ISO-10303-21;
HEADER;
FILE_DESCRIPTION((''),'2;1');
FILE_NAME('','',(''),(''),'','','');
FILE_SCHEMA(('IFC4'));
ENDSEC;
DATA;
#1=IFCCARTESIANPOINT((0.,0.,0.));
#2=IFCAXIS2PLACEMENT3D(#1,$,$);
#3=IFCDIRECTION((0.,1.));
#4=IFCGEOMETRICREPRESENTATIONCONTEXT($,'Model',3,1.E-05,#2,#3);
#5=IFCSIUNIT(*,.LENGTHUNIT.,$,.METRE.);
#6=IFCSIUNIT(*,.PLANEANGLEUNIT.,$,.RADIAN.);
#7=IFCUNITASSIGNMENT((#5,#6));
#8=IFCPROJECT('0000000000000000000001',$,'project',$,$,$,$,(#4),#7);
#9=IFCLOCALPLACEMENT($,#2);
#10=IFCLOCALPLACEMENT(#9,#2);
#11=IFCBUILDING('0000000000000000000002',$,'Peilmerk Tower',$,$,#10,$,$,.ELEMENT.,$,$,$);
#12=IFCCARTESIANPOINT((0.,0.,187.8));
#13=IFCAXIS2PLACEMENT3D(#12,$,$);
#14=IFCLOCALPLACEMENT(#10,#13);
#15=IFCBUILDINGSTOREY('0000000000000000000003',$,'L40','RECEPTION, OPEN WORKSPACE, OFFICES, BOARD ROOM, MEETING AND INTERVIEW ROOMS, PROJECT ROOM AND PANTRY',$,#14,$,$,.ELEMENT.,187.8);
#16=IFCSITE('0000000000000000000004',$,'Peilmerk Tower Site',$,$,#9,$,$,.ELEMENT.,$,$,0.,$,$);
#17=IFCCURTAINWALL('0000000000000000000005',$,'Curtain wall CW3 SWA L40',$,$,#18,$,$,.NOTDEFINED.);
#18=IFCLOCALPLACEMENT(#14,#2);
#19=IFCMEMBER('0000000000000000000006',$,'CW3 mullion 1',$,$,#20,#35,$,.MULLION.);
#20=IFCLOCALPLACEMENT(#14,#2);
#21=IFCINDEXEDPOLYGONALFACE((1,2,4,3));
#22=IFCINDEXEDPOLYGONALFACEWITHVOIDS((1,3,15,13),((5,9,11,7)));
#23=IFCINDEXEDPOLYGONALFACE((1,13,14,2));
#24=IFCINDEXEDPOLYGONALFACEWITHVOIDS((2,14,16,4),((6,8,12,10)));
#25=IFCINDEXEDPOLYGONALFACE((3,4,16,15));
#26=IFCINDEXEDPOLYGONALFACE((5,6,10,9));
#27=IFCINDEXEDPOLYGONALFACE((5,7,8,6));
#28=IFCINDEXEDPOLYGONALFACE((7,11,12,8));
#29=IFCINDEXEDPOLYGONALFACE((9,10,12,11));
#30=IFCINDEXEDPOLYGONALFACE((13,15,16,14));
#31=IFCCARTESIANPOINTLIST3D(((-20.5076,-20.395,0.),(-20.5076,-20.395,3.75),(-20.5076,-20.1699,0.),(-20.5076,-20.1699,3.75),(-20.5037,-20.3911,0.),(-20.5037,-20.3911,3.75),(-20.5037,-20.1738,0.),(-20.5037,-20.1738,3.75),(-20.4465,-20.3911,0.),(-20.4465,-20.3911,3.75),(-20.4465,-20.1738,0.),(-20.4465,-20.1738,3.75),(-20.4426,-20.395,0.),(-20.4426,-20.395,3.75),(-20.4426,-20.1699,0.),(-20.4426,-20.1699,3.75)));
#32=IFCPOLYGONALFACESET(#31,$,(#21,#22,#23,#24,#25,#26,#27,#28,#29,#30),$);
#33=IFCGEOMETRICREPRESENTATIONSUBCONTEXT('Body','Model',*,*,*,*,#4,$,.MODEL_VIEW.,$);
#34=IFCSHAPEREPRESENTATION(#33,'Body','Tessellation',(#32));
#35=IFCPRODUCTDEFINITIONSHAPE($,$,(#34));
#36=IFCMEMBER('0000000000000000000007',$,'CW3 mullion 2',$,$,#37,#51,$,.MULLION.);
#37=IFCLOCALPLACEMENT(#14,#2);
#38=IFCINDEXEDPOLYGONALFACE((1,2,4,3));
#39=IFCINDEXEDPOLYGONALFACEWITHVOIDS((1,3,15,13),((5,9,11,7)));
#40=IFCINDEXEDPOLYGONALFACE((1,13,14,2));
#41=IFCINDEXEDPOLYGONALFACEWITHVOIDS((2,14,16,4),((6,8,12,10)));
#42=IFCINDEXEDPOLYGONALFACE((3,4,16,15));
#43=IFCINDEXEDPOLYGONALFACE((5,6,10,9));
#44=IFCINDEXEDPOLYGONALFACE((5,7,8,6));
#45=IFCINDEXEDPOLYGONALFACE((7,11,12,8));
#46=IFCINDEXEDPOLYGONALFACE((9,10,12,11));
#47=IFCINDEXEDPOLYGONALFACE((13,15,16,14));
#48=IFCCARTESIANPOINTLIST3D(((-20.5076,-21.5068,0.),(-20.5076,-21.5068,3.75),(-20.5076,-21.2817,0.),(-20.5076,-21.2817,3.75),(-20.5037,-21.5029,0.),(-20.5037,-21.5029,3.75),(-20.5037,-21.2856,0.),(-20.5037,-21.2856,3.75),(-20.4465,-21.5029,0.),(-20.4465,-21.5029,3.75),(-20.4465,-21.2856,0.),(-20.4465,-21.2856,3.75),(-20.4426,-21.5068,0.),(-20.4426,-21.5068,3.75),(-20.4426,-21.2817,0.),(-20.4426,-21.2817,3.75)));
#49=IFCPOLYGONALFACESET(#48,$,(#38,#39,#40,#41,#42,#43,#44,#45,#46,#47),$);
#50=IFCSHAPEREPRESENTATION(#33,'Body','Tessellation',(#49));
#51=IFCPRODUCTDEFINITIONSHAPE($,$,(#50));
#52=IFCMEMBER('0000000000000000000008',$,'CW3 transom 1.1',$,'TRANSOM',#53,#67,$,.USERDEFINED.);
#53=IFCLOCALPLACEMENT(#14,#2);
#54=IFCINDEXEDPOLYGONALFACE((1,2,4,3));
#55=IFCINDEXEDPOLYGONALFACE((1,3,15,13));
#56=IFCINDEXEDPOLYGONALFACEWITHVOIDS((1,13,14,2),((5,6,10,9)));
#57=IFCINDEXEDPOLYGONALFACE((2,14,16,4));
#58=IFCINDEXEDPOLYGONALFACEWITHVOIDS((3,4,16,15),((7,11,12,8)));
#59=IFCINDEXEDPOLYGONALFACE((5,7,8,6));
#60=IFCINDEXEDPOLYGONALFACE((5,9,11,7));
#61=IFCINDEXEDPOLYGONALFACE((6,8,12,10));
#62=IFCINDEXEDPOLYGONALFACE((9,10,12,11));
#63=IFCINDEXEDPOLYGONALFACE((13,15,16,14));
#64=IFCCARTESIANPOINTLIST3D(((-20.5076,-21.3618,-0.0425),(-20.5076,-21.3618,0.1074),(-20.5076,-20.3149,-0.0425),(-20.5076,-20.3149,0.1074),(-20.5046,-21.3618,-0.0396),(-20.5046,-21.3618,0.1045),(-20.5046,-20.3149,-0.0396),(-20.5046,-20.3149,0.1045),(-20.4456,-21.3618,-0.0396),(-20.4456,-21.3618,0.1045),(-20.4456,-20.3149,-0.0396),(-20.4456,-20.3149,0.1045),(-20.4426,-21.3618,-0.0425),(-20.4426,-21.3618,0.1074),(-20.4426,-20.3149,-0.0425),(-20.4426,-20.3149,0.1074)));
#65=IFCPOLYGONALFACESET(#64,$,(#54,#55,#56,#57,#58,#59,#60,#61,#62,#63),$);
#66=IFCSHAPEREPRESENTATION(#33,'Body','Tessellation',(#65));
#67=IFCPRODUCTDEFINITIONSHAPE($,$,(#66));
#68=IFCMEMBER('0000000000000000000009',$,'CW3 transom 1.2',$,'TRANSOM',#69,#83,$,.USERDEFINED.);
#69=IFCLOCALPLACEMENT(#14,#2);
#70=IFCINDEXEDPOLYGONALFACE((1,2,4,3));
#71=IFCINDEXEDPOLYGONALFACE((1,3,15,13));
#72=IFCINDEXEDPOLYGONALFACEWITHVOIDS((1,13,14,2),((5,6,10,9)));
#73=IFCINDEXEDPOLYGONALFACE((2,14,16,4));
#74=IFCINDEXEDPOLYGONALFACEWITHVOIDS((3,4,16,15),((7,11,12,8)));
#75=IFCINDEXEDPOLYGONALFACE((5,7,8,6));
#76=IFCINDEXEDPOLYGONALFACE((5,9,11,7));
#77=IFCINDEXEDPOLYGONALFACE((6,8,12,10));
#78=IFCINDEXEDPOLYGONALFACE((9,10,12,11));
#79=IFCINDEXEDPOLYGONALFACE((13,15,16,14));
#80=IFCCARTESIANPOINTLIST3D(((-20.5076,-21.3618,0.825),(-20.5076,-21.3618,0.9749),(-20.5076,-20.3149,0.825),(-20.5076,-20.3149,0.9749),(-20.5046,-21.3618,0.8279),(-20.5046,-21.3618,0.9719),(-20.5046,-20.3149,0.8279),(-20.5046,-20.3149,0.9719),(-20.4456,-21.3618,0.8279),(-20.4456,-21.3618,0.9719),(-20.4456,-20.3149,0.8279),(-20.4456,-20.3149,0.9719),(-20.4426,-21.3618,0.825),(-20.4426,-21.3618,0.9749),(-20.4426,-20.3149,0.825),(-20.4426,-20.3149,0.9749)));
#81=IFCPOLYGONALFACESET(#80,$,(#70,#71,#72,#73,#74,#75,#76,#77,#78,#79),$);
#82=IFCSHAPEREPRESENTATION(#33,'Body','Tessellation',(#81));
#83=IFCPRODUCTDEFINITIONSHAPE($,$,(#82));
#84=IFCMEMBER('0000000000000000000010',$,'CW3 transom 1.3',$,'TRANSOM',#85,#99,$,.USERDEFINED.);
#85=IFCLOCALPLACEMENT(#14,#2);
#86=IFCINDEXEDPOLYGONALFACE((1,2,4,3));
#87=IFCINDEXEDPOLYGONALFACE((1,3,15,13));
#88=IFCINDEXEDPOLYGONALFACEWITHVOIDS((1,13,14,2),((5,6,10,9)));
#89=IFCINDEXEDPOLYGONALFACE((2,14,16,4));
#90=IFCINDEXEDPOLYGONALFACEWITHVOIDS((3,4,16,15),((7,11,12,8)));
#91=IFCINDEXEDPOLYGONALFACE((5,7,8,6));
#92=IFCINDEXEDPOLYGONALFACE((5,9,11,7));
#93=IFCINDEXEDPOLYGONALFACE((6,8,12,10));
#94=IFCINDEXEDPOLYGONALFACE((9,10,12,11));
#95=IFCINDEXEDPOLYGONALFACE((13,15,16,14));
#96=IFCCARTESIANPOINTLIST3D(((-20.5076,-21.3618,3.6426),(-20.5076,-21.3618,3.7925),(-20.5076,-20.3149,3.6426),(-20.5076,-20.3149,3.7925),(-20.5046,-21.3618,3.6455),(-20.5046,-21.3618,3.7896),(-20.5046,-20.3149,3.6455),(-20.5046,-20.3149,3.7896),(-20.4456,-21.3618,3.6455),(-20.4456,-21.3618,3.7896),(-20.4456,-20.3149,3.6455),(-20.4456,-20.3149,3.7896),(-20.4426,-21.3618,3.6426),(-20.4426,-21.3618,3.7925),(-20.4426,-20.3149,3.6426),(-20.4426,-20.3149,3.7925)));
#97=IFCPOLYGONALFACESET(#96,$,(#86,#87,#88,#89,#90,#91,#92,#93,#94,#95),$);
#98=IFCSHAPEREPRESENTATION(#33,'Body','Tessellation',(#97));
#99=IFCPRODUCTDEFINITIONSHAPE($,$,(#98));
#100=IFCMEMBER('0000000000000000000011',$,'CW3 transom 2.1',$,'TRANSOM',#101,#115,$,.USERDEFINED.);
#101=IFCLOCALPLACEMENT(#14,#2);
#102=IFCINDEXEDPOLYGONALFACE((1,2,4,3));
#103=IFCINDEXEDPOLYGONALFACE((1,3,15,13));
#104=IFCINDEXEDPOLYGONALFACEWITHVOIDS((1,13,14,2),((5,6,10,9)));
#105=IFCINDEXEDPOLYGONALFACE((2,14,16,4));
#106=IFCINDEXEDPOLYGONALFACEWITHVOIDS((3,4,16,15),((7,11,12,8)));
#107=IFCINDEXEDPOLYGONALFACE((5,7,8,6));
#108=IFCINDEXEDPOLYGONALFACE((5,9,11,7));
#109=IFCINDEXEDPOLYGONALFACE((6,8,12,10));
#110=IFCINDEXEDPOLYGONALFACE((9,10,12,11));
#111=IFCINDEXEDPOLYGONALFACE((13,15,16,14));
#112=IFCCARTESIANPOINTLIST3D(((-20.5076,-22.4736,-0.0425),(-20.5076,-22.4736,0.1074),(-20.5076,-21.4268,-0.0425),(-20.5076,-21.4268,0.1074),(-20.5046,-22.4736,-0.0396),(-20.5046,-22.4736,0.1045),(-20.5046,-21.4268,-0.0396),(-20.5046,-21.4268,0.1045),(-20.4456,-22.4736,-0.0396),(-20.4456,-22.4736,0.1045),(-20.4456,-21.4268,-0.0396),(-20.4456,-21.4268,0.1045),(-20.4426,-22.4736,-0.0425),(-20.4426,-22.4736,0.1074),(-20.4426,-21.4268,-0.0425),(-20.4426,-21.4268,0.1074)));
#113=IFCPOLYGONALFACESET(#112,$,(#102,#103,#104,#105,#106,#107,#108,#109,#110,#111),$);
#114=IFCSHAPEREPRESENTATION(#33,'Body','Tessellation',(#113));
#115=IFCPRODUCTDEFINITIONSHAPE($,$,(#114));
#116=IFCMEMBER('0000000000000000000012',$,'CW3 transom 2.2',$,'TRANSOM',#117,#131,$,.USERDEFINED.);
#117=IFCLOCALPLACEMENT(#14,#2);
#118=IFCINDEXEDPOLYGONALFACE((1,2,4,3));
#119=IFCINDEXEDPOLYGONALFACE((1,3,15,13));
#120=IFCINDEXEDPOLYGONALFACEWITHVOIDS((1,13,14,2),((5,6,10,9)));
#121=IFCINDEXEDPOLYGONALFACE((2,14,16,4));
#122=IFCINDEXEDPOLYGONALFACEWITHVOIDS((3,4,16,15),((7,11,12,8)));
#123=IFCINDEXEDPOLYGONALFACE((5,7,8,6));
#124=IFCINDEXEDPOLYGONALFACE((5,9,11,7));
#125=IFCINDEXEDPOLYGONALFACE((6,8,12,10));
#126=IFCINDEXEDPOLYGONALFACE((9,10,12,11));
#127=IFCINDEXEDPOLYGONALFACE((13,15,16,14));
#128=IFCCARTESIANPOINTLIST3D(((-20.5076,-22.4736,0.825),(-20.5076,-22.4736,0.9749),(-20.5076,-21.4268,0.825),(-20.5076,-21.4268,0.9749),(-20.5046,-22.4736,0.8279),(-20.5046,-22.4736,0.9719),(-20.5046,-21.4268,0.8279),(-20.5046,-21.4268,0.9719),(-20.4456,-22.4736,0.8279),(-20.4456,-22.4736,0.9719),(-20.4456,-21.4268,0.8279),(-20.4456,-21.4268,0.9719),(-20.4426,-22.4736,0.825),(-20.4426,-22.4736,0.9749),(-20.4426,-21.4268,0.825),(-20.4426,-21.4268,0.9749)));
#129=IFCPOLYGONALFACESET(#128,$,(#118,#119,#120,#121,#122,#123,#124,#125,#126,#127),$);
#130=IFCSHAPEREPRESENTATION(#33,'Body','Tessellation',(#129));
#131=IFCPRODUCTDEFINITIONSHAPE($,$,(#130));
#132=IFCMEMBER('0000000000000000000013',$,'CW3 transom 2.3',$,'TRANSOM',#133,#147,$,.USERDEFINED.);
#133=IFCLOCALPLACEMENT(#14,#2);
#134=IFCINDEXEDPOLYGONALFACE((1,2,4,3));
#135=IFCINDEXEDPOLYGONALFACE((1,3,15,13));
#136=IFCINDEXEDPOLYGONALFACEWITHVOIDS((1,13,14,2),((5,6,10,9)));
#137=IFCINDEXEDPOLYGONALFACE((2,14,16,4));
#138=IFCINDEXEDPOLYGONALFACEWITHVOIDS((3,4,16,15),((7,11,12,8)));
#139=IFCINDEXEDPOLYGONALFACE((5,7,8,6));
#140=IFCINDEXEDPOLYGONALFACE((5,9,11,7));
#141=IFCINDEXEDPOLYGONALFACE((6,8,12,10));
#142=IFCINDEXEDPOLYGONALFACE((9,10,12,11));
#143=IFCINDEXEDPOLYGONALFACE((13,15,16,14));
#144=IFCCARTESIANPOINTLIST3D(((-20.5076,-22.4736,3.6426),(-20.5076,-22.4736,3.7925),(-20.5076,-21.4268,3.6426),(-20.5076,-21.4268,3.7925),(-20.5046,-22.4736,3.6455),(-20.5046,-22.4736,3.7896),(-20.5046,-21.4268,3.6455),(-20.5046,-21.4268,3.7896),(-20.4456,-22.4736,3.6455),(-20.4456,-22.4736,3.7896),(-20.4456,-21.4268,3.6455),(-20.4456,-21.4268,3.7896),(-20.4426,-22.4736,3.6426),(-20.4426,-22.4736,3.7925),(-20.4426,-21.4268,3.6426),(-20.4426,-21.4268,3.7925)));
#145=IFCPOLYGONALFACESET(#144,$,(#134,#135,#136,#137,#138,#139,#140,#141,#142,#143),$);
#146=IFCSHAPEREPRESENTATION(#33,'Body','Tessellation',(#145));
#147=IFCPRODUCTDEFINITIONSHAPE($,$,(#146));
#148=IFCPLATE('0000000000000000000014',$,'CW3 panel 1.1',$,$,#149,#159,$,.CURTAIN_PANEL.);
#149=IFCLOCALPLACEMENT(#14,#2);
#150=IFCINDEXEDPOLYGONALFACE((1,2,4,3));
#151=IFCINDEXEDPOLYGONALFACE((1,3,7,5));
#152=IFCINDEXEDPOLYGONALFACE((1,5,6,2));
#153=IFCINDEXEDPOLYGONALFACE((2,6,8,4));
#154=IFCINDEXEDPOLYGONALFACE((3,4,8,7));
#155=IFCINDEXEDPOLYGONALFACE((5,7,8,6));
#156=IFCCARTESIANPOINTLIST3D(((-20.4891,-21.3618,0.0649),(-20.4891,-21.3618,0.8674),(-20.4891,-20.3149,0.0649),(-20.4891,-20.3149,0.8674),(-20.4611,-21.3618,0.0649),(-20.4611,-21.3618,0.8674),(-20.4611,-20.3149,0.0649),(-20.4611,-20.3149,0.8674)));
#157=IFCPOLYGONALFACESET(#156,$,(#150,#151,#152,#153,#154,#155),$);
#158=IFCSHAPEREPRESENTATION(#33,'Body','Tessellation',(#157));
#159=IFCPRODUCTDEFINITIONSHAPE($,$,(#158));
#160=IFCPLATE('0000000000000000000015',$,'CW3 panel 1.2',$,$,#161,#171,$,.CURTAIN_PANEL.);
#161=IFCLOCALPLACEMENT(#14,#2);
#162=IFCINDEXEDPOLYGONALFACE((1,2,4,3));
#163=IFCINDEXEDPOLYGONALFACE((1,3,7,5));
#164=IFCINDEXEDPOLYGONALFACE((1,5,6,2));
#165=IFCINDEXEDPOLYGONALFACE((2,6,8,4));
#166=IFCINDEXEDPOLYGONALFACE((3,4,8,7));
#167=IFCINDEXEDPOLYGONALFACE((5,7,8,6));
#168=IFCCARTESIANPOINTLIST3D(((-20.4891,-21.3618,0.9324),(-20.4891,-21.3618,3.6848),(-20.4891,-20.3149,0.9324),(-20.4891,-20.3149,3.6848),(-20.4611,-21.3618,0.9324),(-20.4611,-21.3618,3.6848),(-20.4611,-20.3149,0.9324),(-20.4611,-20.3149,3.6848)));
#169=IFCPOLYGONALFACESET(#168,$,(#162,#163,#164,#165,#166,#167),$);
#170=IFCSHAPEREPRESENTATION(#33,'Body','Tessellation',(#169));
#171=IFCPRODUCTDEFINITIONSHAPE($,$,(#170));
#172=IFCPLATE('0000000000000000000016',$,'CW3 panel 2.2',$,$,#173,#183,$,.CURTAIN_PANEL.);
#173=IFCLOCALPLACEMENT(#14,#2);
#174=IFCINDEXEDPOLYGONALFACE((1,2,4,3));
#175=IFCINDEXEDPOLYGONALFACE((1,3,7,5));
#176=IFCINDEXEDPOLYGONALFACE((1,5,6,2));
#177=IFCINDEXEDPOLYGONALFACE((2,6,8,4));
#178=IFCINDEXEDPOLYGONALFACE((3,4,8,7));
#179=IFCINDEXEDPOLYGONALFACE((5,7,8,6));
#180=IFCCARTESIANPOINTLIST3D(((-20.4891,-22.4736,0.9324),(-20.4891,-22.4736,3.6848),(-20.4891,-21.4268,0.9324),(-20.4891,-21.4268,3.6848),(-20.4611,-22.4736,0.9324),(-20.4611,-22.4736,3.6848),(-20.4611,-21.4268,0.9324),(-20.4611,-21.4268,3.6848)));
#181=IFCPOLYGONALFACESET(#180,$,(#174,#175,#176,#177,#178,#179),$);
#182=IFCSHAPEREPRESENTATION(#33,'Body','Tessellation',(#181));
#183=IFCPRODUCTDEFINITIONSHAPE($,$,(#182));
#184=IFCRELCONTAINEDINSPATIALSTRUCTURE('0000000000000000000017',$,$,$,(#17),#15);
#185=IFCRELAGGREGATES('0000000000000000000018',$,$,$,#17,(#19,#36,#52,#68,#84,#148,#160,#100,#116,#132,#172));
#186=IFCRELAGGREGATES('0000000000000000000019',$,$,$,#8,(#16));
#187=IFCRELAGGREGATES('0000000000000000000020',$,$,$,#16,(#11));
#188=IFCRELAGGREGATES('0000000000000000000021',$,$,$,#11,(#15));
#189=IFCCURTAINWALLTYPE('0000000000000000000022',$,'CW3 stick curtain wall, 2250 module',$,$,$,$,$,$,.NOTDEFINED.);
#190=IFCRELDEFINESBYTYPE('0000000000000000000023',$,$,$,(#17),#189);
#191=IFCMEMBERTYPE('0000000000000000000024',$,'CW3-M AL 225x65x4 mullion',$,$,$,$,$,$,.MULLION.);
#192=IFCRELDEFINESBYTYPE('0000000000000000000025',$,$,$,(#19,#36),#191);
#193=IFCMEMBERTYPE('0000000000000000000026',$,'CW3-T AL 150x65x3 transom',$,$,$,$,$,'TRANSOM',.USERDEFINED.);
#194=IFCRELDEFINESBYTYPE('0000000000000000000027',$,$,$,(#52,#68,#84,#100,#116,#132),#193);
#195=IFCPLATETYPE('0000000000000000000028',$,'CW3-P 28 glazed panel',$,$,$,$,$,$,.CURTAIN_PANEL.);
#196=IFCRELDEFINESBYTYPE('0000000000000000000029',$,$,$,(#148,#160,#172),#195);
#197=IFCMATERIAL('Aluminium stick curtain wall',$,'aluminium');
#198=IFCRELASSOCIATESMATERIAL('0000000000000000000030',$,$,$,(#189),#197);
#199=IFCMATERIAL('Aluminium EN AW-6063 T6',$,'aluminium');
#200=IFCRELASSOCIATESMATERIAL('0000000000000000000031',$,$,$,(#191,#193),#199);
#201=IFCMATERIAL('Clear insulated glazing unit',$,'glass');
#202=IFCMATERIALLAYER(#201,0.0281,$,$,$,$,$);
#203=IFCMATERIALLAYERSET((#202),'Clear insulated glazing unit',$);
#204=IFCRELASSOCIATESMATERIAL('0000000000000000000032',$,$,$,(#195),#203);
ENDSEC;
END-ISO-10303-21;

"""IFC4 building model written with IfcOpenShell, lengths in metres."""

from ifc_helpers import new_model, si_unit, direction, frame, origin, origin_2d, place, context, subcontext, project, spatial, rectangle, hollow_rectangle, extrude, material, layer, layer_set, material_profile, profile_set, type_object, element, aggregate, save


model = new_model("IFC4")

# Units and contexts
model_context = context("Model", 3, precision=1e-05, world=origin(), true_north=direction((0.0, 1.0)))
body_context = subcontext(model_context, "Body", "Model", "MODEL_VIEW")
ifc_project = project(units=[si_unit("LENGTHUNIT", "METRE"), si_unit("PLANEANGLEUNIT", "RADIAN")], contexts=[model_context])

# Site, building, storey
site_placement = place(None, origin())
site = spatial("IfcSite", under=ifc_project, at=site_placement, Name="Peilmerk Tower Site", CompositionType="ELEMENT", RefElevation=0.0)
building_placement = place(site_placement, origin())
building = spatial("IfcBuilding", under=site, at=building_placement, Name="Peilmerk Tower", CompositionType="ELEMENT")
storey_placement = place(building_placement, frame((0.0, 0.0, 187.8)))
storey = spatial("IfcBuildingStorey", under=building, at=storey_placement, Name="L40", Description="RECEPTION, OPEN WORKSPACE, OFFICES, BOARD ROOM, MEETING AND INTERVIEW ROOMS, PROJECT ROOM AND PANTRY", CompositionType="ELEMENT", Elevation=187.8)

# Curtain wall, members, plates
ifc_material_1 = material(Name="Aluminium stick curtain wall", Category="aluminium")
curtain_wall_type = type_object("IfcCurtainWallType", Name="CW3 stick curtain wall, 2250 module", PredefinedType="NOTDEFINED", material=ifc_material_1)
curtain_wall_placement = place(storey_placement, origin())
curtain_wall = element("IfcCurtainWall", 1, at=curtain_wall_placement, inside=storey, type_object=curtain_wall_type, Name="Curtain wall CW3 SWA L40", PredefinedType="NOTDEFINED")
ifc_material_2 = material(Name="Aluminium EN AW-6063 T6", Category="aluminium")
ifc_material_profile_1 = material_profile(ifc_material_2, hollow_rectangle(XDim=0.0649, YDim=0.2251, WallThickness=0.0039, at=origin_2d()), Name="AL 225x65x4")
ifc_profile_set_1 = profile_set([ifc_material_profile_1], Name="Aluminium EN AW-6063 T6")
member_type_1 = type_object("IfcMemberType", Name="CW3-M AL 225x65x4 mullion", PredefinedType="MULLION", material=ifc_profile_set_1)
member_1_placement = place(storey_placement, frame((-20.4751, -20.2825, 0.0), z_axis=(0.0, 0.0, 1.0), x_axis=(1.0, 0.0, 0.0)))
member_1 = element("IfcMember", 2, at=member_1_placement, type_object=member_type_1, Name="CW3 mullion 1", PredefinedType="MULLION", context=body_context, shape_type="SweptSolid", body=[
    extrude(hollow_rectangle(XDim=0.0649, YDim=0.2251, WallThickness=0.0039, at=origin_2d()), origin(), (0.0, 0.0, 1.0), 3.75),
])
member_2_placement = place(storey_placement, frame((-20.4751, -21.3943, 0.0), z_axis=(0.0, 0.0, 1.0), x_axis=(1.0, 0.0, 0.0)))
member_2 = element("IfcMember", 3, at=member_2_placement, type_object=member_type_1, Name="CW3 mullion 2", PredefinedType="MULLION", context=body_context, shape_type="SweptSolid", body=[
    extrude(hollow_rectangle(XDim=0.0649, YDim=0.2251, WallThickness=0.0039, at=origin_2d()), origin(), (0.0, 0.0, 1.0), 3.75),
])
ifc_material_profile_2 = material_profile(ifc_material_2, hollow_rectangle(XDim=0.0649, YDim=0.1499, WallThickness=0.0029, at=origin_2d()), Name="AL 150x65x3")
ifc_profile_set_2 = profile_set([ifc_material_profile_2], Name="Aluminium EN AW-6063 T6")
member_type_2 = type_object("IfcMemberType", Name="CW3-T AL 150x65x3 transom", ElementType="TRANSOM", PredefinedType="USERDEFINED", material=ifc_profile_set_2)
member_3_placement = place(storey_placement, frame((-20.4751, -20.3149, 0.0325), z_axis=(0.0, -1.0, 0.0), x_axis=(1.0, 0.0, 0.0)))
member_3 = element("IfcMember", 4, at=member_3_placement, type_object=member_type_2, Name="CW3 transom 1.1", ObjectType="TRANSOM", PredefinedType="USERDEFINED", context=body_context, shape_type="SweptSolid", body=[
    extrude(hollow_rectangle(XDim=0.0649, YDim=0.1499, WallThickness=0.0029, at=origin_2d()), origin(), (0.0, 0.0, 1.0), 1.0469),
])
member_4_placement = place(storey_placement, frame((-20.4751, -20.3149, 0.8999), z_axis=(0.0, -1.0, 0.0), x_axis=(1.0, 0.0, 0.0)))
member_4 = element("IfcMember", 5, at=member_4_placement, type_object=member_type_2, Name="CW3 transom 1.2", ObjectType="TRANSOM", PredefinedType="USERDEFINED", context=body_context, shape_type="SweptSolid", body=[
    extrude(hollow_rectangle(XDim=0.0649, YDim=0.1499, WallThickness=0.0029, at=origin_2d()), origin(), (0.0, 0.0, 1.0), 1.0469),
])
member_5_placement = place(storey_placement, frame((-20.4751, -20.3149, 3.7175), z_axis=(0.0, -1.0, 0.0), x_axis=(1.0, 0.0, 0.0)))
member_5 = element("IfcMember", 6, at=member_5_placement, type_object=member_type_2, Name="CW3 transom 1.3", ObjectType="TRANSOM", PredefinedType="USERDEFINED", context=body_context, shape_type="SweptSolid", body=[
    extrude(hollow_rectangle(XDim=0.0649, YDim=0.1499, WallThickness=0.0029, at=origin_2d()), origin(), (0.0, 0.0, 1.0), 1.0469),
])
member_6_placement = place(storey_placement, frame((-20.4751, -21.4268, 0.0325), z_axis=(0.0, -1.0, 0.0), x_axis=(1.0, 0.0, 0.0)))
member_6 = element("IfcMember", 7, at=member_6_placement, type_object=member_type_2, Name="CW3 transom 2.1", ObjectType="TRANSOM", PredefinedType="USERDEFINED", context=body_context, shape_type="SweptSolid", body=[
    extrude(hollow_rectangle(XDim=0.0649, YDim=0.1499, WallThickness=0.0029, at=origin_2d()), origin(), (0.0, 0.0, 1.0), 1.0469),
])
member_7_placement = place(storey_placement, frame((-20.4751, -21.4268, 0.8999), z_axis=(0.0, -1.0, 0.0), x_axis=(1.0, 0.0, 0.0)))
member_7 = element("IfcMember", 8, at=member_7_placement, type_object=member_type_2, Name="CW3 transom 2.2", ObjectType="TRANSOM", PredefinedType="USERDEFINED", context=body_context, shape_type="SweptSolid", body=[
    extrude(hollow_rectangle(XDim=0.0649, YDim=0.1499, WallThickness=0.0029, at=origin_2d()), origin(), (0.0, 0.0, 1.0), 1.0469),
])
member_8_placement = place(storey_placement, frame((-20.4751, -21.4268, 3.7175), z_axis=(0.0, -1.0, 0.0), x_axis=(1.0, 0.0, 0.0)))
member_8 = element("IfcMember", 9, at=member_8_placement, type_object=member_type_2, Name="CW3 transom 2.3", ObjectType="TRANSOM", PredefinedType="USERDEFINED", context=body_context, shape_type="SweptSolid", body=[
    extrude(hollow_rectangle(XDim=0.0649, YDim=0.1499, WallThickness=0.0029, at=origin_2d()), origin(), (0.0, 0.0, 1.0), 1.0469),
])
ifc_material_3 = material(Name="Clear insulated glazing unit", Category="glass")
ifc_layer_1 = layer(ifc_material_3, 0.0281)
ifc_layer_set_1 = layer_set([ifc_layer_1], Name="Clear insulated glazing unit")
plate_type = type_object("IfcPlateType", Name="CW3-P 28 glazed panel", PredefinedType="CURTAIN_PANEL", material=ifc_layer_set_1)
plate_1_placement = place(storey_placement, frame((-20.4751, -20.8384, 0.0649), z_axis=(0.0, 0.0, 1.0), x_axis=(0.0, -1.0, 0.0)))
plate_1 = element("IfcPlate", 10, at=plate_1_placement, type_object=plate_type, Name="CW3 panel 1.1", PredefinedType="CURTAIN_PANEL", context=body_context, shape_type="SweptSolid", body=[
    extrude(rectangle(XDim=1.0469, YDim=0.0281, at=origin_2d()), origin(), (0.0, 0.0, 1.0), 0.8025),
])
plate_2_placement = place(storey_placement, frame((-20.4751, -20.8384, 0.9324), z_axis=(0.0, 0.0, 1.0), x_axis=(0.0, -1.0, 0.0)))
plate_2 = element("IfcPlate", 11, at=plate_2_placement, type_object=plate_type, Name="CW3 panel 1.2", PredefinedType="CURTAIN_PANEL", context=body_context, shape_type="SweptSolid", body=[
    extrude(rectangle(XDim=1.0469, YDim=0.0281, at=origin_2d()), origin(), (0.0, 0.0, 1.0), 2.7524),
])
plate_3_placement = place(storey_placement, frame((-20.4751, -21.9502, 0.9324), z_axis=(0.0, 0.0, 1.0), x_axis=(0.0, -1.0, 0.0)))
plate_3 = element("IfcPlate", 12, at=plate_3_placement, type_object=plate_type, Name="CW3 panel 2.2", PredefinedType="CURTAIN_PANEL", context=body_context, shape_type="SweptSolid", body=[
    extrude(rectangle(XDim=1.0469, YDim=0.0281, at=origin_2d()), origin(), (0.0, 0.0, 1.0), 2.7524),
])
aggregate(curtain_wall, [member_1, member_2, member_3, member_4, member_5, plate_1, plate_2, member_6, member_7, member_8, plate_3])

save(model, "model.ifc")
